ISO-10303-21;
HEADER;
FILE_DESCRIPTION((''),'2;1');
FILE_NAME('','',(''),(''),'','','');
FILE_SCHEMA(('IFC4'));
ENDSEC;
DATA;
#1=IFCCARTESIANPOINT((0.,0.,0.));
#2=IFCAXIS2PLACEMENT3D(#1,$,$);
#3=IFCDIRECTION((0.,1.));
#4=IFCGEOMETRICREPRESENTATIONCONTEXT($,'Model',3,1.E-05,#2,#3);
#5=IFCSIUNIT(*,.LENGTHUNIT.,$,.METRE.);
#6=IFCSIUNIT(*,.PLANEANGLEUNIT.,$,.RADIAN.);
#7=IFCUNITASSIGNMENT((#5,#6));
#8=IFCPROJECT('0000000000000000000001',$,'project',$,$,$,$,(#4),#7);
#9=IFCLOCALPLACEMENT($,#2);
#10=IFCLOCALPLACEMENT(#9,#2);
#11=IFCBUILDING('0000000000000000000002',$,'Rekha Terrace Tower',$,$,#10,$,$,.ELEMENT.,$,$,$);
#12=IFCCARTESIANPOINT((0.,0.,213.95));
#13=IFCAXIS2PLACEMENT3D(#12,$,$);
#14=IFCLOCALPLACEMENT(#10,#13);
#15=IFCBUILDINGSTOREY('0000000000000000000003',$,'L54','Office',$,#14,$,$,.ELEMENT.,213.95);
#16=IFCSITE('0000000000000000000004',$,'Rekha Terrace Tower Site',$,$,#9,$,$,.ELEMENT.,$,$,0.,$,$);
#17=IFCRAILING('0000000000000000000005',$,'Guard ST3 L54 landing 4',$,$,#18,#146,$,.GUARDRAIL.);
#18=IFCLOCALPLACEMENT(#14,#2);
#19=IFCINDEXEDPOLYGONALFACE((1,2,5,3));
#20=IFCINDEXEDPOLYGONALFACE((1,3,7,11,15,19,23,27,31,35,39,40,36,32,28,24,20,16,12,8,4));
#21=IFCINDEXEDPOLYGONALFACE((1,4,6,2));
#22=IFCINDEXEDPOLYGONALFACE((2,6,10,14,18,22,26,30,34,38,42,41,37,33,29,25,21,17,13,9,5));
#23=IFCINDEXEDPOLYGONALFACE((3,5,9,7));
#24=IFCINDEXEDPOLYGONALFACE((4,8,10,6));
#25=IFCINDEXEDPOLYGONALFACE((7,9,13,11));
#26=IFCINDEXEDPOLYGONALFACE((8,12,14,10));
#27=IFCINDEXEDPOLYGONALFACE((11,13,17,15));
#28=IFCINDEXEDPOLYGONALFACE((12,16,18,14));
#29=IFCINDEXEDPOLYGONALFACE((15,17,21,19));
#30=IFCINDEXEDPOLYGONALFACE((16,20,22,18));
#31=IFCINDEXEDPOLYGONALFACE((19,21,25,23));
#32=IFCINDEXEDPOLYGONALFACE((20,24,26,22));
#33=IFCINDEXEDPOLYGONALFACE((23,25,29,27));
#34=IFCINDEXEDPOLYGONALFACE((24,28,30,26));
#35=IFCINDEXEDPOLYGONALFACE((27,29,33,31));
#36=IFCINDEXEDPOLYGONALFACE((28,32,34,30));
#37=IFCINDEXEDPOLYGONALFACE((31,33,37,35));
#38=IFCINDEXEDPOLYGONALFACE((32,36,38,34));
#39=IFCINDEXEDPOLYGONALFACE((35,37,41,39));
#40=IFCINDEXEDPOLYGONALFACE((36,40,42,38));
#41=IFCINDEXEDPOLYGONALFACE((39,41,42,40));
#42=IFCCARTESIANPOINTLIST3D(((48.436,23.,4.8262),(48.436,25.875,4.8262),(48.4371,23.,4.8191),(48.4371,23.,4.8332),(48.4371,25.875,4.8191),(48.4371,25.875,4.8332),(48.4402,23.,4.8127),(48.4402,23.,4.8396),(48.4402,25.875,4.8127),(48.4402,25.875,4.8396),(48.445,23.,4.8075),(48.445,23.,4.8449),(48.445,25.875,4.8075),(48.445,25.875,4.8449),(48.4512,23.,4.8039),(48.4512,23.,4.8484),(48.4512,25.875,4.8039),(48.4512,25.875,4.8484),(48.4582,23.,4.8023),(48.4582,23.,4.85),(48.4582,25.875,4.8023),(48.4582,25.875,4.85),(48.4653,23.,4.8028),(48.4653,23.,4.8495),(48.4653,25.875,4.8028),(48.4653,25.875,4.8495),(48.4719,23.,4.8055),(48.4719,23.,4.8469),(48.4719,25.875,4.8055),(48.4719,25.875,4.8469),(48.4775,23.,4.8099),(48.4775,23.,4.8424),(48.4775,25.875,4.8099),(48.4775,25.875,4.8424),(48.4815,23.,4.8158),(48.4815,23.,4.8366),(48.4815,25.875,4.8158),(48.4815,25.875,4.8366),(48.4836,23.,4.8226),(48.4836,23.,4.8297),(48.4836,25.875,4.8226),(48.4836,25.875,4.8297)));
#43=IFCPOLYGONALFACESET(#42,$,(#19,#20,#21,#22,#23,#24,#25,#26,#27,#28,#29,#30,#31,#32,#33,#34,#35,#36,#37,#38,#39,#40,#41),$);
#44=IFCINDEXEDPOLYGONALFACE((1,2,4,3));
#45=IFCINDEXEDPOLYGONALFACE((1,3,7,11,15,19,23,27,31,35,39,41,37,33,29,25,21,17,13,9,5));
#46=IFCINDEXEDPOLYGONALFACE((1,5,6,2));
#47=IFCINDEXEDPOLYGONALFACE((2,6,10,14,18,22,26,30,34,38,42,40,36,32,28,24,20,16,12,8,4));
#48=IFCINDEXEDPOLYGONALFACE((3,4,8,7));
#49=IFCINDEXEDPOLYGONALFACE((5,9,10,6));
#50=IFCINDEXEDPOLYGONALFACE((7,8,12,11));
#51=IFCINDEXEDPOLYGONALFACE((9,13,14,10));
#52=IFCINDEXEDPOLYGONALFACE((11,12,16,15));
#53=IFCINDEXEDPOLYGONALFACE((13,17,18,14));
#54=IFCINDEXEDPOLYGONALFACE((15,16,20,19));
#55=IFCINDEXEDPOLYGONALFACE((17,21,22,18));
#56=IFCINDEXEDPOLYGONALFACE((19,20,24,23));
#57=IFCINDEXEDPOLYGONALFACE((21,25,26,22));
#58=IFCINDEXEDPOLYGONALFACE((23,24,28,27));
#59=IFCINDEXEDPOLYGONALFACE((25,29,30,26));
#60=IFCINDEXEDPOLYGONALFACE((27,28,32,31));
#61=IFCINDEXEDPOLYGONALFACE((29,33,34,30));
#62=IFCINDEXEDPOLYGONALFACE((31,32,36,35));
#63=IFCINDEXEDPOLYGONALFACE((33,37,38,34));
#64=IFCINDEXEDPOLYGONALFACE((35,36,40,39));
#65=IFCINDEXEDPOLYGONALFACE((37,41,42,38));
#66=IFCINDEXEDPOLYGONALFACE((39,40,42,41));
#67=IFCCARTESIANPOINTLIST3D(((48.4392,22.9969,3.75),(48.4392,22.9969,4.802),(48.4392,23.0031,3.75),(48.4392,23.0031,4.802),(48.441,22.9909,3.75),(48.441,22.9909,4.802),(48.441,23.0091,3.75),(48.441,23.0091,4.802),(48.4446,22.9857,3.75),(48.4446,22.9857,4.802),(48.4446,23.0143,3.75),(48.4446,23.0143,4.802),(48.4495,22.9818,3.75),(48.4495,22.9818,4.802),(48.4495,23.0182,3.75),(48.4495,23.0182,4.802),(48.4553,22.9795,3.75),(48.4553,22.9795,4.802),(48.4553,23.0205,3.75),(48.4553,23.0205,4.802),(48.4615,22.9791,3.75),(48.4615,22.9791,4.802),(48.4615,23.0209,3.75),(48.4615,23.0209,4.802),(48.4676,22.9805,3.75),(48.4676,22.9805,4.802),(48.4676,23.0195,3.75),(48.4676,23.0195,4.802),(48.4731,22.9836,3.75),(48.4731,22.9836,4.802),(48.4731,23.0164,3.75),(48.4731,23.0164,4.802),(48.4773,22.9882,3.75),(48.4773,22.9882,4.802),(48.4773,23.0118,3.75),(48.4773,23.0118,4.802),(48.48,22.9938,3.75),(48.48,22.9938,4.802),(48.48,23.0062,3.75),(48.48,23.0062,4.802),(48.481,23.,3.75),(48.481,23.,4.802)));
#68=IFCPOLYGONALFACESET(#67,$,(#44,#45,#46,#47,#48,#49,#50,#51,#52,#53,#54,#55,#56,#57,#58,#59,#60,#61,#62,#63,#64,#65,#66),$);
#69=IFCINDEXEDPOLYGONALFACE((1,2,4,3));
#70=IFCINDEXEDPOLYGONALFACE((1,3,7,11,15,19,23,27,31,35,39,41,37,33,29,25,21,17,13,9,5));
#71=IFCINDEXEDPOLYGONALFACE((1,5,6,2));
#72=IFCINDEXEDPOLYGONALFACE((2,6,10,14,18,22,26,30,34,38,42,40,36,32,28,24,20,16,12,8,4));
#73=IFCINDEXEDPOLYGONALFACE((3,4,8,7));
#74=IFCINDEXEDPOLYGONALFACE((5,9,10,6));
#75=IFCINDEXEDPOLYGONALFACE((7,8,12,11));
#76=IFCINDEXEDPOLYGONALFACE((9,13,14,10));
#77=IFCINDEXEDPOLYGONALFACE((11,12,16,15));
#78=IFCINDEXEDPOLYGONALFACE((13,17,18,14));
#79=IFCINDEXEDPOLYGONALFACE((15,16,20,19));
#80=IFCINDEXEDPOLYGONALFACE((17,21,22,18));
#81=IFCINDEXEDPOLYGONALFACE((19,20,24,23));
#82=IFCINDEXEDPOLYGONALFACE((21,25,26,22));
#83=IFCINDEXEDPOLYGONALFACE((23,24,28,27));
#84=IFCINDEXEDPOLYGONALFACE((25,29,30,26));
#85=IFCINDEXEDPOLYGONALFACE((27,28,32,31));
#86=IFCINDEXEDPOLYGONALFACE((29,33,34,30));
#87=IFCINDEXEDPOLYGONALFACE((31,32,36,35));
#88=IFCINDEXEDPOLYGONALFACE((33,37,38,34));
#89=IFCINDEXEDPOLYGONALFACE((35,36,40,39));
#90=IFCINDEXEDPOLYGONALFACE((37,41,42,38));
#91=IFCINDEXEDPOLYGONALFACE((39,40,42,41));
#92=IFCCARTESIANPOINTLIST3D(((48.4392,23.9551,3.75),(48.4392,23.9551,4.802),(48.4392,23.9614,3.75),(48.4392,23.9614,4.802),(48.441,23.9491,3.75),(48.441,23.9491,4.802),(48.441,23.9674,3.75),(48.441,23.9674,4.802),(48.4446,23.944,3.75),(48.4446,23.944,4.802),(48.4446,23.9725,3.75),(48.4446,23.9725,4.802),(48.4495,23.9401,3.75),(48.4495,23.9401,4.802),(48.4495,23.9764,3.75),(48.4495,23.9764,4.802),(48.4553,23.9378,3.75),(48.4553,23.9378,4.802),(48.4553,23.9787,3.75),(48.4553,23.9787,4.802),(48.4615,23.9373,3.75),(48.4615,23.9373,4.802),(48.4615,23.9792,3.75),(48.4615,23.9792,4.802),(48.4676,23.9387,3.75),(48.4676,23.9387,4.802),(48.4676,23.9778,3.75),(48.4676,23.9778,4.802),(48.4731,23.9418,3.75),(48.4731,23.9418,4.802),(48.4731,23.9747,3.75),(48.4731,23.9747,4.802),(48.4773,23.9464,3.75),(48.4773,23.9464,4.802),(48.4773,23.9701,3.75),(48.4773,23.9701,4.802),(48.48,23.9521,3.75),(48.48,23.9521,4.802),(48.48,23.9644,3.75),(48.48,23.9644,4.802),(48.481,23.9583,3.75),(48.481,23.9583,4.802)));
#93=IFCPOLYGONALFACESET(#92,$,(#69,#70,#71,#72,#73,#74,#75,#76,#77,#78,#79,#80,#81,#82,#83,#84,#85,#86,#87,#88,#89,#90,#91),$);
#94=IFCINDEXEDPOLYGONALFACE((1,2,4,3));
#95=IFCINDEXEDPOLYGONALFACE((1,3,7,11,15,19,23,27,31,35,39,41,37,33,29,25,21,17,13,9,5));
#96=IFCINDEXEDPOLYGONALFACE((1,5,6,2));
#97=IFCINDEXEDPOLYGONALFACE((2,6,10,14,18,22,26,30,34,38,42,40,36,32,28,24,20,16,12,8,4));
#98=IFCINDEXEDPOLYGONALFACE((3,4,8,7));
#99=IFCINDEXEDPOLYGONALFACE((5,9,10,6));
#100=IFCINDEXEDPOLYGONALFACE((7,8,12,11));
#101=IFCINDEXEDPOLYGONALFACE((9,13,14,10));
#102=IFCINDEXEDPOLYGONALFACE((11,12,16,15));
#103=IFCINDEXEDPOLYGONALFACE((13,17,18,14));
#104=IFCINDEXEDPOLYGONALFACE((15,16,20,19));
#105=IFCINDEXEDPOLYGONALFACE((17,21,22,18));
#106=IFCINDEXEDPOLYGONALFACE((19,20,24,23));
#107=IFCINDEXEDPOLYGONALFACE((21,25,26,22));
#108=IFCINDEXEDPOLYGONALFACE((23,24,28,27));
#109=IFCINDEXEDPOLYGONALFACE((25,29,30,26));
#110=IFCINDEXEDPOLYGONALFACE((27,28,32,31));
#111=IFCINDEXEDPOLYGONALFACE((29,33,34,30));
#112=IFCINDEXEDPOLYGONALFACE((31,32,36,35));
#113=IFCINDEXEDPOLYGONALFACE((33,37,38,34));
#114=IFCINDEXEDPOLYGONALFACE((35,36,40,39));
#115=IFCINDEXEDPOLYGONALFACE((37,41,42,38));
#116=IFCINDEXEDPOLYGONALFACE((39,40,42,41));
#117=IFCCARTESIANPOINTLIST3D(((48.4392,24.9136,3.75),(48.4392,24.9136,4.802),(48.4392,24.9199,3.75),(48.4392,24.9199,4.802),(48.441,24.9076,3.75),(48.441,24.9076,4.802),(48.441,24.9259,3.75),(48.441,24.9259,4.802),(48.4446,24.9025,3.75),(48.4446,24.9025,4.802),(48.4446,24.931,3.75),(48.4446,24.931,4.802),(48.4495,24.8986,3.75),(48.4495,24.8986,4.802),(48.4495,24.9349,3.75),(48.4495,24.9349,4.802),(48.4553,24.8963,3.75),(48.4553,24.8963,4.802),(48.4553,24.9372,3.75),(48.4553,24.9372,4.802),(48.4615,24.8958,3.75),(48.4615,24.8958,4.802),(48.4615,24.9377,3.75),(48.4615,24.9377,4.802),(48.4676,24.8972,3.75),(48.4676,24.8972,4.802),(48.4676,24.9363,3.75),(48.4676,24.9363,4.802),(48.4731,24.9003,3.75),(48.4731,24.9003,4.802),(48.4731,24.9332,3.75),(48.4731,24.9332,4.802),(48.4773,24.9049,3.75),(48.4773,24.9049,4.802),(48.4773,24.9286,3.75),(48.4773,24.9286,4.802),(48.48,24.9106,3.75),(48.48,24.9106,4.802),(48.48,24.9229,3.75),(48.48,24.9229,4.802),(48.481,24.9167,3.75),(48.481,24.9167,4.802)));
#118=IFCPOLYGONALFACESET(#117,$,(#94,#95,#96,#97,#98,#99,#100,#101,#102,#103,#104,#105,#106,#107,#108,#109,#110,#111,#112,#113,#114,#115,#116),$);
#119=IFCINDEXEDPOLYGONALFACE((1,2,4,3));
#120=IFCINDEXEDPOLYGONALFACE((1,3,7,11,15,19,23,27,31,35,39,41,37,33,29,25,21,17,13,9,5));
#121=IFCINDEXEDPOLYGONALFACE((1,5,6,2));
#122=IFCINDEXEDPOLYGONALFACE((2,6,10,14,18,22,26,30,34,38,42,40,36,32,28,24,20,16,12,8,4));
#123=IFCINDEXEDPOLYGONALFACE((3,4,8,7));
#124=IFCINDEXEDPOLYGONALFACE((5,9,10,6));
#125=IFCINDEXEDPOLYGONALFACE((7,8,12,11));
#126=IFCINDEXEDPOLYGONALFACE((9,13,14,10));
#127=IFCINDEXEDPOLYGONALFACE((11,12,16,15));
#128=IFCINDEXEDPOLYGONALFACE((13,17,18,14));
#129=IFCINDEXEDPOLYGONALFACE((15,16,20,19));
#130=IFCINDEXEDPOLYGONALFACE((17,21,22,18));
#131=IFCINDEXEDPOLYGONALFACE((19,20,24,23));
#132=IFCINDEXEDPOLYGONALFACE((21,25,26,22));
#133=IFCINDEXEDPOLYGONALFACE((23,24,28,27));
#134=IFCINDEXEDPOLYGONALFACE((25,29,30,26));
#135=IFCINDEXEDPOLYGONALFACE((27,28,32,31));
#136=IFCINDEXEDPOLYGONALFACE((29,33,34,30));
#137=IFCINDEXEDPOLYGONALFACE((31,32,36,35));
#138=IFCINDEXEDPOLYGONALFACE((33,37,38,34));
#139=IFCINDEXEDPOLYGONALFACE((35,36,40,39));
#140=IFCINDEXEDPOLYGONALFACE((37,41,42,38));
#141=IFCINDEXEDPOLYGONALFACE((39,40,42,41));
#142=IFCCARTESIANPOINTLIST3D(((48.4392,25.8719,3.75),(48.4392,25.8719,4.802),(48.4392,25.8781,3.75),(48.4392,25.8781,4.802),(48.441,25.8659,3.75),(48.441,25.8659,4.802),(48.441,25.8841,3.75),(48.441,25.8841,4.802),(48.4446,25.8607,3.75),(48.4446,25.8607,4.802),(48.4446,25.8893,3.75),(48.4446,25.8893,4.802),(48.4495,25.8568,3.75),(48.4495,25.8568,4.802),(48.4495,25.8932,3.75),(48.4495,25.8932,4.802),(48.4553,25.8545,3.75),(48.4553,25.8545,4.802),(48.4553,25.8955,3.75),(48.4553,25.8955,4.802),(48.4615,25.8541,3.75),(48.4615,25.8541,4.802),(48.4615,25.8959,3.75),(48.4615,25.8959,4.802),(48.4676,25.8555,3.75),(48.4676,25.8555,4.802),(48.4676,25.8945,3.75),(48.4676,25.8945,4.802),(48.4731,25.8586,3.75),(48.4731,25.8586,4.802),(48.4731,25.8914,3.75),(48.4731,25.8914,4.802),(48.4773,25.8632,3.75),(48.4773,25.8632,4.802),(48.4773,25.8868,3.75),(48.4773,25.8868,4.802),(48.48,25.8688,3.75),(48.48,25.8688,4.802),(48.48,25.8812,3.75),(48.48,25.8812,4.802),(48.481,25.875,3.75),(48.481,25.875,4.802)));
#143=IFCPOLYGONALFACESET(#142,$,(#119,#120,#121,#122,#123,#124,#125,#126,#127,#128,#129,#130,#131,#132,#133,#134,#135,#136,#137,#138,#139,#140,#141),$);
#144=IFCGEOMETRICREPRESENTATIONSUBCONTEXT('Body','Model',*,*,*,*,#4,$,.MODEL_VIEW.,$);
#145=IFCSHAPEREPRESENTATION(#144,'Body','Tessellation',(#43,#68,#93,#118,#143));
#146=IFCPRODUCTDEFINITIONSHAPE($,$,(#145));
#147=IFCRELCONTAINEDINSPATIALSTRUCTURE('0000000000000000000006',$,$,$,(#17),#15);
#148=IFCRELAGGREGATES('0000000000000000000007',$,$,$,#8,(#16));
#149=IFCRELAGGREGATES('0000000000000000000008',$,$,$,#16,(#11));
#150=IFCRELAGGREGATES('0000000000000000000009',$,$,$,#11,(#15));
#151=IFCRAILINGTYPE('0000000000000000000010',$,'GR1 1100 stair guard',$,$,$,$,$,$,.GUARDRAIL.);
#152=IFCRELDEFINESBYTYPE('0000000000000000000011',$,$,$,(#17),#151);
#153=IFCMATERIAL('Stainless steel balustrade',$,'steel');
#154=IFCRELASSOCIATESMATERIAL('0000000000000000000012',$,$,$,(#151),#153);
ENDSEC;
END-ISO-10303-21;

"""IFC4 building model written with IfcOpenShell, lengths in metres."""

from ifc_helpers import new_model, si_unit, direction, frame, origin, origin_2d, place, context, subcontext, project, spatial, circle, extrude, material, type_object, element, save


model = new_model("IFC4")

# Units and contexts
model_context = context("Model", 3, precision=1e-05, world=origin(), true_north=direction((0.0, 1.0)))
body_context = subcontext(model_context, "Body", "Model", "MODEL_VIEW")
ifc_project = project(units=[si_unit("LENGTHUNIT", "METRE"), si_unit("PLANEANGLEUNIT", "RADIAN")], contexts=[model_context])

# Site, building, storey
site_placement = place(None, origin())
site = spatial("IfcSite", under=ifc_project, at=site_placement, Name="Rekha Terrace Tower Site", CompositionType="ELEMENT", RefElevation=0.0)
building_placement = place(site_placement, origin())
building = spatial("IfcBuilding", under=site, at=building_placement, Name="Rekha Terrace Tower", CompositionType="ELEMENT")
storey_placement = place(building_placement, frame((0.0, 0.0, 213.95)))
storey = spatial("IfcBuildingStorey", under=building, at=storey_placement, Name="L54", Description="Office", CompositionType="ELEMENT", Elevation=213.95)

# Railing
ifc_material_1 = material(Name="Stainless steel balustrade", Category="steel")
railing_type_1 = type_object("IfcRailingType", Name="GR1 1100 stair guard", PredefinedType="GUARDRAIL", material=ifc_material_1)
railing_1_placement = place(storey_placement, frame((48.46, 23.0, 3.75)))
element("IfcRailing", 1, at=railing_1_placement, inside=storey, type_object=railing_type_1, Name="Guard ST3 L54 landing 4", PredefinedType="GUARDRAIL", context=body_context, shape_type="SweptSolid", body=[
    extrude(circle(Radius=0.0239, at=origin_2d()), frame((0.0, 0.0, 1.0762), z_axis=(0.0, 1.0, 0.0), x_axis=(-1.0, 0.0, 0.0)), (0.0, 0.0, 1.0), 2.875),
    extrude(circle(Radius=0.021, at=origin_2d()), origin(), (0.0, 0.0, 1.0), 1.052),
    extrude(circle(Radius=0.021, at=origin_2d()), frame((0.0, 0.9583, 0.0)), (0.0, 0.0, 1.0), 1.052),
    extrude(circle(Radius=0.021, at=origin_2d()), frame((0.0, 1.9167, 0.0)), (0.0, 0.0, 1.0), 1.052),
    extrude(circle(Radius=0.021, at=origin_2d()), frame((0.0, 2.875, 0.0)), (0.0, 0.0, 1.0), 1.052),
])

save(model, "model.ifc")
